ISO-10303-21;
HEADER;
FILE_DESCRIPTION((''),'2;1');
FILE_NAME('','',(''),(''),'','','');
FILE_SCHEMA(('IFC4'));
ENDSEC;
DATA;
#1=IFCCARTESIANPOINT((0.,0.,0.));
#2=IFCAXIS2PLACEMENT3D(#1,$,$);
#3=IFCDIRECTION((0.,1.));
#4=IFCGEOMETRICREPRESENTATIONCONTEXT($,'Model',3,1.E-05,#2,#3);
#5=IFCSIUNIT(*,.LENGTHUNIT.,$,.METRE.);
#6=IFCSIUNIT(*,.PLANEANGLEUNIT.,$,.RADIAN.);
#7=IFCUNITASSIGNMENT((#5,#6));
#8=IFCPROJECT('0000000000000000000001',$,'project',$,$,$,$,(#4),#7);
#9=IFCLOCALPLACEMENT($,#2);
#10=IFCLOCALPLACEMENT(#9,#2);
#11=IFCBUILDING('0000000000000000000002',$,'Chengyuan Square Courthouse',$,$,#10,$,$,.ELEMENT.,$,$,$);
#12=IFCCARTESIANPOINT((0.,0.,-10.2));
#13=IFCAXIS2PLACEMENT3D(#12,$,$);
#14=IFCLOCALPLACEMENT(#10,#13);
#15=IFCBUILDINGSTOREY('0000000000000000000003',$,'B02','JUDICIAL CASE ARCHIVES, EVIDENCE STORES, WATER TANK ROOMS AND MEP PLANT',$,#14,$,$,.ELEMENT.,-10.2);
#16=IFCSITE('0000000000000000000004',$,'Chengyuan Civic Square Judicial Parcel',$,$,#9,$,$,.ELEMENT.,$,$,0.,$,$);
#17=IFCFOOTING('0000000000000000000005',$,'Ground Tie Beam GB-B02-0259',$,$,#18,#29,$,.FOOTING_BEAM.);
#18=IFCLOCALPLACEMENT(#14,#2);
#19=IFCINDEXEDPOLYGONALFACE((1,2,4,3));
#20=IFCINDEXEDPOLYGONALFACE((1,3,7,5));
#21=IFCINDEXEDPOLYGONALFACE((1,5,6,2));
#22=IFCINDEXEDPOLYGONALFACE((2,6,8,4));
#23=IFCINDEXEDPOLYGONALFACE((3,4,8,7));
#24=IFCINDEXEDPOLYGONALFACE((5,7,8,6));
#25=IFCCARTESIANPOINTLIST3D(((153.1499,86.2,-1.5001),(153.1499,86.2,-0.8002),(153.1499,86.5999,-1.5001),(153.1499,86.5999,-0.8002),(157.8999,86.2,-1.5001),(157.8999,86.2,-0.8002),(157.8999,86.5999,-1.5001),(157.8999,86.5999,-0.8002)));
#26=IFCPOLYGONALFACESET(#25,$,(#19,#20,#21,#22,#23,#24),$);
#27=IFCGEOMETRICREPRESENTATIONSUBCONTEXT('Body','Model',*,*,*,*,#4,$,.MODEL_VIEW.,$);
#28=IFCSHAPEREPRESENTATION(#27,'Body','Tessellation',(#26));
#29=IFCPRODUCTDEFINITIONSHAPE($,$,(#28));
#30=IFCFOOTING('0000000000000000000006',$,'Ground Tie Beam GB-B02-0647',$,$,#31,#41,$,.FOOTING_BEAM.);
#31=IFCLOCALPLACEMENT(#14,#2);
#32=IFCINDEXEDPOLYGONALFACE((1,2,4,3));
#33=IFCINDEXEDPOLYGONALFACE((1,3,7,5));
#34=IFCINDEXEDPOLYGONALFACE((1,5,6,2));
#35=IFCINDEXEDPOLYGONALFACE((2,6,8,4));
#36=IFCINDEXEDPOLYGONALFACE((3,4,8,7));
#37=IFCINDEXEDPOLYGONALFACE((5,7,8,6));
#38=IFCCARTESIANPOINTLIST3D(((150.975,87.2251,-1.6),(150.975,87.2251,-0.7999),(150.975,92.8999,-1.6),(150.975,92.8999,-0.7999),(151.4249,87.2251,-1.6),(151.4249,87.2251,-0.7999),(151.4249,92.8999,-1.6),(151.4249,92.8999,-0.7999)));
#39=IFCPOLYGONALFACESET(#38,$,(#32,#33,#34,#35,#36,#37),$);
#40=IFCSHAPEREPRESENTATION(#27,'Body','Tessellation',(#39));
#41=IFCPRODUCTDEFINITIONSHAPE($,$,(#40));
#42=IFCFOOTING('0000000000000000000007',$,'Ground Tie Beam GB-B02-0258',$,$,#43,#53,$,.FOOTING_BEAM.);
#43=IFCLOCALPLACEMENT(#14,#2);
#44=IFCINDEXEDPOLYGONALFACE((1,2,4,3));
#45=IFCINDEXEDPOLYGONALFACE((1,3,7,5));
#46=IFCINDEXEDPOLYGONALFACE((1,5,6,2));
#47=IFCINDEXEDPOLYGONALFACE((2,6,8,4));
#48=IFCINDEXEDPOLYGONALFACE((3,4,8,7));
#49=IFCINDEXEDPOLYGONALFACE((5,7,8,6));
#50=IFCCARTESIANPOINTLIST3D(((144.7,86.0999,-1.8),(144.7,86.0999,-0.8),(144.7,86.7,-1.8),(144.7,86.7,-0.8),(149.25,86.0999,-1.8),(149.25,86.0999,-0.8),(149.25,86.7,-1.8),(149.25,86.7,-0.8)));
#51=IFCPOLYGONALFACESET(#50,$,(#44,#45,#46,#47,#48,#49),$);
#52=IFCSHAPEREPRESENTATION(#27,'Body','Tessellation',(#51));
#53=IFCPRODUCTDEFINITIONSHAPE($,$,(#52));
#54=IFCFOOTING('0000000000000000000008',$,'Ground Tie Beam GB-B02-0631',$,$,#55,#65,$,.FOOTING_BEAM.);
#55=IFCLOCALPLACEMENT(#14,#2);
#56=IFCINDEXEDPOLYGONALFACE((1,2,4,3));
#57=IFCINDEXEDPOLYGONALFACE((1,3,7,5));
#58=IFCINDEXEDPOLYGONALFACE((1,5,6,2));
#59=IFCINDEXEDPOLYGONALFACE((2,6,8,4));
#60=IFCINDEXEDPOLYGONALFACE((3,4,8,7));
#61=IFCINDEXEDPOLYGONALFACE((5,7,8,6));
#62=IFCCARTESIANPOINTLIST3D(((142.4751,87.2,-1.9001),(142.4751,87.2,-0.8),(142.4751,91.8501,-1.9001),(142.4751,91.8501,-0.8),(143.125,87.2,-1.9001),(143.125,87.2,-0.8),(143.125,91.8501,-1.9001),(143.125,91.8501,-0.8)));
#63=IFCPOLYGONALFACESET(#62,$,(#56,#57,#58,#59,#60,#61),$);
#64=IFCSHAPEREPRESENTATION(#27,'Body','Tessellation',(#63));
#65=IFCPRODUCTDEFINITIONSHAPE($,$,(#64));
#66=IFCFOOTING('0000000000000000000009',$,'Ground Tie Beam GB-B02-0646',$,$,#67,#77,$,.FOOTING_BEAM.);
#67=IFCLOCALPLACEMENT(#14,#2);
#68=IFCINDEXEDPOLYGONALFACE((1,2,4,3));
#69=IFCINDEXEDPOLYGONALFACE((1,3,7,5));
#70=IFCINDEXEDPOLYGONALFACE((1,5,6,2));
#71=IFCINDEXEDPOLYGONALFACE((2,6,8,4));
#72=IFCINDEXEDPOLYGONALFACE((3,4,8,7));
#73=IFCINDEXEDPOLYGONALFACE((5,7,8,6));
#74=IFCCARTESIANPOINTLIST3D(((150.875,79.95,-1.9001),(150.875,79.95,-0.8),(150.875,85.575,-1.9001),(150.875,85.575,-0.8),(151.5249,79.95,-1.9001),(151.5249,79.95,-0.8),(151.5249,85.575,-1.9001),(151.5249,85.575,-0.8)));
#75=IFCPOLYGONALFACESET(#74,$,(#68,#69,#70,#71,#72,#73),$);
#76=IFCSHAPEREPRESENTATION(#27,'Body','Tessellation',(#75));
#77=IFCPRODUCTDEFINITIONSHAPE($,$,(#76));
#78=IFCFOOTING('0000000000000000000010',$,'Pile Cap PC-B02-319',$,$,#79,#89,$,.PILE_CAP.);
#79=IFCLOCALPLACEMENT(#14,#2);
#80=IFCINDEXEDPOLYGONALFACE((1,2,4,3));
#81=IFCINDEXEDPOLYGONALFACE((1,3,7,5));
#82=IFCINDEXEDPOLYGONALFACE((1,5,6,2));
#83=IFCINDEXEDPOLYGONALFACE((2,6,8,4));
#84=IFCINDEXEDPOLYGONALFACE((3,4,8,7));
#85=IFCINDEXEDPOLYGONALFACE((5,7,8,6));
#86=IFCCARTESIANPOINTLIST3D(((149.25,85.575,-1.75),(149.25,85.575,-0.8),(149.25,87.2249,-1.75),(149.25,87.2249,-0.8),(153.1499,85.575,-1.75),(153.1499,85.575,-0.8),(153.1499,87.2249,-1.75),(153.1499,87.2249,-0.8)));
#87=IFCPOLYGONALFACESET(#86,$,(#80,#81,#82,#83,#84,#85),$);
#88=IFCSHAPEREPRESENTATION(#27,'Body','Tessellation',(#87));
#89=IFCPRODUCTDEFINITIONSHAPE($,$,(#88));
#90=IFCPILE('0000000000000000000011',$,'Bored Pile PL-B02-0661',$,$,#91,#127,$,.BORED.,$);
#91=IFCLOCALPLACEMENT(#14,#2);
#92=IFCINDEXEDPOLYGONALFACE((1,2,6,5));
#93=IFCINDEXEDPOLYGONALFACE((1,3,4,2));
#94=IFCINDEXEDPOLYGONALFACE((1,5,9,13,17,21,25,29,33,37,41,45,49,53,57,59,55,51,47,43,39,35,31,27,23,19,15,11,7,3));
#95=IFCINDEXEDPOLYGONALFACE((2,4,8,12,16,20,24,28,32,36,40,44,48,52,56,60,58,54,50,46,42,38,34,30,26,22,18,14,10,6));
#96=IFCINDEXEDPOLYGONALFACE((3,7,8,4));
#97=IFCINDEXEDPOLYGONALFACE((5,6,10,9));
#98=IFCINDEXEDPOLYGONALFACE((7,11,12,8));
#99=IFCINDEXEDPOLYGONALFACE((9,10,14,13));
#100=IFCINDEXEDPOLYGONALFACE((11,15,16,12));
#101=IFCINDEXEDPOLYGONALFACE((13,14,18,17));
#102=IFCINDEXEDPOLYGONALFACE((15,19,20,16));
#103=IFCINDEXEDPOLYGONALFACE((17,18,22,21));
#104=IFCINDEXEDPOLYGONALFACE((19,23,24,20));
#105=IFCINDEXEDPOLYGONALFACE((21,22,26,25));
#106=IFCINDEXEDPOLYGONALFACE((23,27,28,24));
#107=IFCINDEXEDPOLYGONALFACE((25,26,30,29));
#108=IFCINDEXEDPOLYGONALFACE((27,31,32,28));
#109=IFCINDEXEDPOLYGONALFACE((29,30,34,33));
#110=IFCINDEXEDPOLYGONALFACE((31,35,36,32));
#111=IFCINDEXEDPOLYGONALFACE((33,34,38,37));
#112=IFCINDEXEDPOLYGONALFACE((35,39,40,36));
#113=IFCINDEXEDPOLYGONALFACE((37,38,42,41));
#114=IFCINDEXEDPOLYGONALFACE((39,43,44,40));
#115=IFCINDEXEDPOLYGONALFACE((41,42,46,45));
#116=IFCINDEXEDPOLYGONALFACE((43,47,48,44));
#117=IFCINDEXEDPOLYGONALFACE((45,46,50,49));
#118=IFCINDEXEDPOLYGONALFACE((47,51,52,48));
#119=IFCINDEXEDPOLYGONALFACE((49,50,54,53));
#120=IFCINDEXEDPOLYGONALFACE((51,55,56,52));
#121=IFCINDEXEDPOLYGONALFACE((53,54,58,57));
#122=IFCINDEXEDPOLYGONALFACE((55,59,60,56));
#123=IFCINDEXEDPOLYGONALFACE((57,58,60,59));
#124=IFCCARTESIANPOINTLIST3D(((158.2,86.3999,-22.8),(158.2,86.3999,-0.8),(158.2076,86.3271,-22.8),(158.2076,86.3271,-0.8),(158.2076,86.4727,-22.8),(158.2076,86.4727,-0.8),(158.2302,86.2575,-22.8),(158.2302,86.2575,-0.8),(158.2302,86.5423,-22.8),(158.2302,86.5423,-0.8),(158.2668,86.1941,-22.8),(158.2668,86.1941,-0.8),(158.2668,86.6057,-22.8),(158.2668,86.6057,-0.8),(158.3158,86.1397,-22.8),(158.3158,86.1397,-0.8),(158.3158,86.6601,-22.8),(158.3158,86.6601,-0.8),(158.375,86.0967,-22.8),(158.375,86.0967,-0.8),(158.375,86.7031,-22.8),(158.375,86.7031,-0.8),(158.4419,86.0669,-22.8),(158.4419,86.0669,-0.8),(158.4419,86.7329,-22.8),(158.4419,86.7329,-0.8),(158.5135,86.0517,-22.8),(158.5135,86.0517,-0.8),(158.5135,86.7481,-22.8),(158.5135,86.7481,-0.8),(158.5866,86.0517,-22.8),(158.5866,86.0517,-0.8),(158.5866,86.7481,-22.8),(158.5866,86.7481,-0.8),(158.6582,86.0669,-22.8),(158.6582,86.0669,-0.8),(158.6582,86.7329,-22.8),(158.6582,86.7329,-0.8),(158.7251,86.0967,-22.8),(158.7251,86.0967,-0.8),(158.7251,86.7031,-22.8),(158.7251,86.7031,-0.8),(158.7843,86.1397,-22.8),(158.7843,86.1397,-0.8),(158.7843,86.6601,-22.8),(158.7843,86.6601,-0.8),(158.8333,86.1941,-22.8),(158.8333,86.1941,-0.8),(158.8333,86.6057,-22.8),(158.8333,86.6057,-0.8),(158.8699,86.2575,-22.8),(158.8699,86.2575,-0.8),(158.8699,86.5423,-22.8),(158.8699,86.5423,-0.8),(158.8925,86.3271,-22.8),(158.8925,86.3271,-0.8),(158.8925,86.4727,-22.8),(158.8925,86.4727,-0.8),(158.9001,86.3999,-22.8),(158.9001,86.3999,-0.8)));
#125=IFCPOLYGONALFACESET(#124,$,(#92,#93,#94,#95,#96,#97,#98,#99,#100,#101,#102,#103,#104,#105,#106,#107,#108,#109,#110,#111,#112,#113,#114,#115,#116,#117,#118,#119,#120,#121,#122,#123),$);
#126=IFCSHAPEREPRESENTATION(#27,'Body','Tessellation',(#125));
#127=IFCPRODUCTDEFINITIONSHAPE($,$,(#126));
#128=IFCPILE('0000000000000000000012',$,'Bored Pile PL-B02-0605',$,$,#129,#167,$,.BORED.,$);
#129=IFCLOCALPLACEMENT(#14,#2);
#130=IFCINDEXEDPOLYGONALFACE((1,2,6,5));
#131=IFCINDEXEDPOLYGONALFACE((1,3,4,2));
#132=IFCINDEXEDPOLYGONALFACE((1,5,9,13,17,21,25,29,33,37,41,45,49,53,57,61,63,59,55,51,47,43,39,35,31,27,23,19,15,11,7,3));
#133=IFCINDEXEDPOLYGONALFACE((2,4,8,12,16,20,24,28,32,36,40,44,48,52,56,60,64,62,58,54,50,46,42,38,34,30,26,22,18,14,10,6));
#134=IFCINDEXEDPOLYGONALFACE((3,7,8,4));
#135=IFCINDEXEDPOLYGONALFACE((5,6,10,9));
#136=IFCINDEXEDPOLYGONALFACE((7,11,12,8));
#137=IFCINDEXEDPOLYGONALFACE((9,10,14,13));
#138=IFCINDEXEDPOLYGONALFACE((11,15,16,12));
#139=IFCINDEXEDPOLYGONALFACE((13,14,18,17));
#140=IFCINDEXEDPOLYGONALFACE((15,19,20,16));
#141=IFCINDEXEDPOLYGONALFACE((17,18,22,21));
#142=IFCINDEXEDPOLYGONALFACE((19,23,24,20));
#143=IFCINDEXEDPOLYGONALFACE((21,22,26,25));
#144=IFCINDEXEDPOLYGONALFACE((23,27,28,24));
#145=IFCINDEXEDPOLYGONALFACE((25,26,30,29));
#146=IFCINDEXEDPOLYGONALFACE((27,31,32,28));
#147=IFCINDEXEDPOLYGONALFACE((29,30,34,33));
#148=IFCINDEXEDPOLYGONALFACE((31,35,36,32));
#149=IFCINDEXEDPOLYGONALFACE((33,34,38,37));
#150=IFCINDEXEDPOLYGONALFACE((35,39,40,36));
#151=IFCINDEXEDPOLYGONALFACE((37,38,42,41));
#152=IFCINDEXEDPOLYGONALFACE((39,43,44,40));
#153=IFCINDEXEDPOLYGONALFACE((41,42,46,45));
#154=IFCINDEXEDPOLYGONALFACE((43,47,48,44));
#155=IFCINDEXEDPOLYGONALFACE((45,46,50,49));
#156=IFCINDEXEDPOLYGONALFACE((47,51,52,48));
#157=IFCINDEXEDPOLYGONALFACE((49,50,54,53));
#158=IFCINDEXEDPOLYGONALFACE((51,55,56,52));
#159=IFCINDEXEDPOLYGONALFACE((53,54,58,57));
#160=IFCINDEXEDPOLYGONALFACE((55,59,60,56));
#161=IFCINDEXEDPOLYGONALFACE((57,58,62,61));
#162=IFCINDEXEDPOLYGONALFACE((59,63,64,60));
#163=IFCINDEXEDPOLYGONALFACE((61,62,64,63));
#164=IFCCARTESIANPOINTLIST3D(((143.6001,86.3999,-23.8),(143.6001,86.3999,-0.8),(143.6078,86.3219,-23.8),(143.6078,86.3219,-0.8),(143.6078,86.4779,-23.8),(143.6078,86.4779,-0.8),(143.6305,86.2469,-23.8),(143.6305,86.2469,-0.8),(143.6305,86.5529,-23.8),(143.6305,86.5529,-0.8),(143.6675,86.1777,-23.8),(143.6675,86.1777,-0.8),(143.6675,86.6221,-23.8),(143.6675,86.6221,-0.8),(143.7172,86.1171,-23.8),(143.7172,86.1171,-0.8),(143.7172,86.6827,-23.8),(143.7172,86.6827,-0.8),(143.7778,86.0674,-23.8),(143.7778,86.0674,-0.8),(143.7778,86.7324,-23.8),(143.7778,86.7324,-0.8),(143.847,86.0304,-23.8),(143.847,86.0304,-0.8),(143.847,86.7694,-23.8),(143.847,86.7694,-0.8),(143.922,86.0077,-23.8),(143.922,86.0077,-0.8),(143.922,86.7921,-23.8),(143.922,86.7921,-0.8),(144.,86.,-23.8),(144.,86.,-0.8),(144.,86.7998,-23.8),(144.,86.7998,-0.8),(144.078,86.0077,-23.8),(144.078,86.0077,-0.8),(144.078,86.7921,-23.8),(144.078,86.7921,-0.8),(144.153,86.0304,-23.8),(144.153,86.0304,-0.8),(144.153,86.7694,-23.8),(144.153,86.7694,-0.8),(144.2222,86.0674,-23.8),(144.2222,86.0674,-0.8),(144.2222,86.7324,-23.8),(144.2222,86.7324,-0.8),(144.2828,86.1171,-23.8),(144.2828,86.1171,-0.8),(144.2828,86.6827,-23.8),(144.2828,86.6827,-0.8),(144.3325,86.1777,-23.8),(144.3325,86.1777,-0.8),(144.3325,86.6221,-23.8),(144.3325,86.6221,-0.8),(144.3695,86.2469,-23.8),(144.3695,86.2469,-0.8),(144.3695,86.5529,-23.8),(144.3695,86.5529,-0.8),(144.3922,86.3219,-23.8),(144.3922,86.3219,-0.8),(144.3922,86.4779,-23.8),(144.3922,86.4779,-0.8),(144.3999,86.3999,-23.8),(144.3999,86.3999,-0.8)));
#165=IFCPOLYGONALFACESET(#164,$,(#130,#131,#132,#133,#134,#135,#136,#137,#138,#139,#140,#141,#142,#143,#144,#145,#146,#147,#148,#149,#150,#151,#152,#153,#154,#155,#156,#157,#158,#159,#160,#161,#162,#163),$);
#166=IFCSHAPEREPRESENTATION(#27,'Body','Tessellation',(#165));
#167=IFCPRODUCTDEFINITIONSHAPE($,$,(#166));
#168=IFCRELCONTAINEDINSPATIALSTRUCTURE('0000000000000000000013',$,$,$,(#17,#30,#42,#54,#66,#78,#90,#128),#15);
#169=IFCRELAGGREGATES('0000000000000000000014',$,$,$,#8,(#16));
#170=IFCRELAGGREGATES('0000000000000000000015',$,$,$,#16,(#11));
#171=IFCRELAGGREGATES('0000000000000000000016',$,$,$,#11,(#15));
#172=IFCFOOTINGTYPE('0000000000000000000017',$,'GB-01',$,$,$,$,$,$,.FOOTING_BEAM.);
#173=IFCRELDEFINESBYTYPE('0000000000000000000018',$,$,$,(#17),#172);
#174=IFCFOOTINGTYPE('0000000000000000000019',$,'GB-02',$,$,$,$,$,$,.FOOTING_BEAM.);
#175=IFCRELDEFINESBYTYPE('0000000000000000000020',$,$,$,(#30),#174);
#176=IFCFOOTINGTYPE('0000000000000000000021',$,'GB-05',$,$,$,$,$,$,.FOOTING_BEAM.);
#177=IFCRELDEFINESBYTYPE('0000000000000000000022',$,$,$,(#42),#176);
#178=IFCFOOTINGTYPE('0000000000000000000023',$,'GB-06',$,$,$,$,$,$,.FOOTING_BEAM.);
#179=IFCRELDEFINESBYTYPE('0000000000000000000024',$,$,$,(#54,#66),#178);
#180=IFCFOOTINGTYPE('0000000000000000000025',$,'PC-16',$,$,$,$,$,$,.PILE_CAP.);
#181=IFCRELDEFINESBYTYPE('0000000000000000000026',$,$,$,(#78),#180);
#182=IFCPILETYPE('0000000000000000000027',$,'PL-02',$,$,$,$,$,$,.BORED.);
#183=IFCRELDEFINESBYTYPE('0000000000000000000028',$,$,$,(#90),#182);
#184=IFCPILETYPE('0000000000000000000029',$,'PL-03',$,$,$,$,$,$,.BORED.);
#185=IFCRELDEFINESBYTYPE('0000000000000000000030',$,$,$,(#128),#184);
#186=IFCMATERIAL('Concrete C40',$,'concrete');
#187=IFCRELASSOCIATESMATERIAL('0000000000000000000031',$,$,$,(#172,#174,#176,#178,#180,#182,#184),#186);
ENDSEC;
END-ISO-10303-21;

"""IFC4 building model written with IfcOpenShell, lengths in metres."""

from ifc_helpers import new_model, si_unit, direction, frame, origin, origin_2d, place, context, subcontext, project, spatial, rectangle, circle, extrude, material, material_profile, profile_set, type_object, element, save


model = new_model("IFC4")

# Units and contexts
model_context = context("Model", 3, precision=1e-05, world=origin(), true_north=direction((0.0, 1.0)))
body_context = subcontext(model_context, "Body", "Model", "MODEL_VIEW")
ifc_project = project(units=[si_unit("LENGTHUNIT", "METRE"), si_unit("PLANEANGLEUNIT", "RADIAN")], contexts=[model_context])

# Site, building, storey
site_placement = place(None, origin())
site = spatial("IfcSite", under=ifc_project, at=site_placement, Name="Chengyuan Civic Square Judicial Parcel", CompositionType="ELEMENT", RefElevation=0.0)
building_placement = place(site_placement, origin())
building = spatial("IfcBuilding", under=site, at=building_placement, Name="Chengyuan Square Courthouse", CompositionType="ELEMENT")
storey_placement = place(building_placement, frame((0.0, 0.0, -10.2)))
storey = spatial("IfcBuildingStorey", under=building, at=storey_placement, Name="B02", Description="JUDICIAL CASE ARCHIVES, EVIDENCE STORES, WATER TANK ROOMS AND MEP PLANT", CompositionType="ELEMENT", Elevation=-10.2)

# Footings
ifc_material_1 = material(Name="Concrete C40", Category="concrete")
ifc_material_profile_1 = material_profile(ifc_material_1, rectangle(XDim=0.3999, YDim=0.7, at=origin_2d()), Name="GB-400x700")
ifc_profile_set_1 = profile_set([ifc_material_profile_1], Name="Concrete C40")
footing_type_1 = type_object("IfcFootingType", Name="GB-01", PredefinedType="FOOTING_BEAM", material=ifc_profile_set_1)
footing_1_placement = place(storey_placement, frame((153.1499, 86.3999, -1.1501), z_axis=(1.0, 0.0, 0.0), x_axis=(0.0, 1.0, 0.0)))
element("IfcFooting", 1, at=footing_1_placement, inside=storey, type_object=footing_type_1, Name="Ground Tie Beam GB-B02-0259", PredefinedType="FOOTING_BEAM", context=body_context, shape_type="SweptSolid", body=[
    extrude(rectangle(XDim=0.3999, YDim=0.7, at=origin_2d()), origin(), (0.0, 0.0, 1.0), 4.75),
])
ifc_material_profile_2 = material_profile(ifc_material_1, rectangle(XDim=0.45, YDim=0.8, at=origin_2d()), Name="GB-450x800")
ifc_profile_set_2 = profile_set([ifc_material_profile_2], Name="Concrete C40")
footing_type_2 = type_object("IfcFootingType", Name="GB-02", PredefinedType="FOOTING_BEAM", material=ifc_profile_set_2)
footing_2_placement = place(storey_placement, frame((151.2, 87.2251, -1.2), z_axis=(0.0, 1.0, 0.0), x_axis=(-1.0, 0.0, 0.0)))
element("IfcFooting", 2, at=footing_2_placement, inside=storey, type_object=footing_type_2, Name="Ground Tie Beam GB-B02-0647", PredefinedType="FOOTING_BEAM", context=body_context, shape_type="SweptSolid", body=[
    extrude(rectangle(XDim=0.45, YDim=0.8, at=origin_2d()), origin(), (0.0, 0.0, 1.0), 5.6748),
])
ifc_material_profile_3 = material_profile(ifc_material_1, rectangle(XDim=0.6001, YDim=1.0, at=origin_2d()), Name="GB-600x1000")
ifc_profile_set_3 = profile_set([ifc_material_profile_3], Name="Concrete C40")
footing_type_3 = type_object("IfcFootingType", Name="GB-05", PredefinedType="FOOTING_BEAM", material=ifc_profile_set_3)
footing_3_placement = place(storey_placement, frame((144.7, 86.3999, -1.3), z_axis=(1.0, 0.0, 0.0), x_axis=(0.0, 1.0, 0.0)))
element("IfcFooting", 3, at=footing_3_placement, inside=storey, type_object=footing_type_3, Name="Ground Tie Beam GB-B02-0258", PredefinedType="FOOTING_BEAM", context=body_context, shape_type="SweptSolid", body=[
    extrude(rectangle(XDim=0.6001, YDim=1.0, at=origin_2d()), origin(), (0.0, 0.0, 1.0), 4.55),
])
ifc_material_profile_4 = material_profile(ifc_material_1, rectangle(XDim=0.6499, YDim=1.1001, at=origin_2d()), Name="GB-650x1100")
ifc_profile_set_4 = profile_set([ifc_material_profile_4], Name="Concrete C40")
footing_type_4 = type_object("IfcFootingType", Name="GB-06", PredefinedType="FOOTING_BEAM", material=ifc_profile_set_4)
footing_4_placement = place(storey_placement, frame((142.8, 87.2, -1.3501), z_axis=(0.0, 1.0, 0.0), x_axis=(-1.0, 0.0, 0.0)))
element("IfcFooting", 4, at=footing_4_placement, inside=storey, type_object=footing_type_4, Name="Ground Tie Beam GB-B02-0631", PredefinedType="FOOTING_BEAM", context=body_context, shape_type="SweptSolid", body=[
    extrude(rectangle(XDim=0.6499, YDim=1.1001, at=origin_2d()), origin(), (0.0, 0.0, 1.0), 4.6501),
])
footing_5_placement = place(storey_placement, frame((151.2, 79.95, -1.3501), z_axis=(0.0, 1.0, 0.0), x_axis=(-1.0, 0.0, 0.0)))
element("IfcFooting", 5, at=footing_5_placement, inside=storey, type_object=footing_type_4, Name="Ground Tie Beam GB-B02-0646", PredefinedType="FOOTING_BEAM", context=body_context, shape_type="SweptSolid", body=[
    extrude(rectangle(XDim=0.6499, YDim=1.1001, at=origin_2d()), origin(), (0.0, 0.0, 1.0), 5.625),
])
footing_type_5 = type_object("IfcFootingType", Name="PC-16", PredefinedType="PILE_CAP", material=ifc_material_1)
footing_6_placement = place(storey_placement, frame((151.2, 86.3999, -1.75), z_axis=(0.0, 0.0, 1.0), x_axis=(1.0, 0.0, 0.0)))
element("IfcFooting", 6, at=footing_6_placement, inside=storey, type_object=footing_type_5, Name="Pile Cap PC-B02-319", PredefinedType="PILE_CAP", context=body_context, shape_type="SweptSolid", body=[
    extrude(rectangle(XDim=3.8999, YDim=1.6499, at=origin_2d()), origin(), (0.0, 0.0, 1.0), 0.95),
])

# Piles
ifc_material_profile_5 = material_profile(ifc_material_1, circle(Radius=0.3501, at=origin_2d()), Name="BORED PILE D700")
ifc_profile_set_5 = profile_set([ifc_material_profile_5], Name="Concrete C40")
pile_type_1 = type_object("IfcPileType", Name="PL-02", PredefinedType="BORED", material=ifc_profile_set_5)
pile_placement = place(storey_placement, frame((158.55, 86.3999, -0.8), z_axis=(0.0, 0.0, -1.0), x_axis=(1.0, 0.0, 0.0)))
element("IfcPile", 7, at=pile_placement, inside=storey, type_object=pile_type_1, Name="Bored Pile PL-B02-0661", PredefinedType="BORED", context=body_context, shape_type="SweptSolid", body=[
    extrude(circle(Radius=0.3501, at=origin_2d()), origin(), (0.0, 0.0, 1.0), 22.0),
])
ifc_material_profile_6 = material_profile(ifc_material_1, circle(Radius=0.3999, at=origin_2d()), Name="BORED PILE D800")
ifc_profile_set_6 = profile_set([ifc_material_profile_6], Name="Concrete C40")
pile_type_2 = type_object("IfcPileType", Name="PL-03", PredefinedType="BORED", material=ifc_profile_set_6)
for number, where, z_axis, x_axis, name in (
    (8, (144.0, 86.3999, -0.8), (0.0, 0.0, -1.0), (1.0, 0.0, 0.0), "Bored Pile PL-B02-0605"),
):
    element("IfcPile", number, at=place(storey_placement, frame(where, z_axis=z_axis, x_axis=x_axis)), inside=storey, type_object=pile_type_2, Name=name, PredefinedType="BORED", context=body_context, shape_type="SweptSolid", body=[
        extrude(circle(Radius=0.3999, at=origin_2d()), origin(), (0.0, 0.0, 1.0), 23.0),
    ])

save(model, "model.ifc")
